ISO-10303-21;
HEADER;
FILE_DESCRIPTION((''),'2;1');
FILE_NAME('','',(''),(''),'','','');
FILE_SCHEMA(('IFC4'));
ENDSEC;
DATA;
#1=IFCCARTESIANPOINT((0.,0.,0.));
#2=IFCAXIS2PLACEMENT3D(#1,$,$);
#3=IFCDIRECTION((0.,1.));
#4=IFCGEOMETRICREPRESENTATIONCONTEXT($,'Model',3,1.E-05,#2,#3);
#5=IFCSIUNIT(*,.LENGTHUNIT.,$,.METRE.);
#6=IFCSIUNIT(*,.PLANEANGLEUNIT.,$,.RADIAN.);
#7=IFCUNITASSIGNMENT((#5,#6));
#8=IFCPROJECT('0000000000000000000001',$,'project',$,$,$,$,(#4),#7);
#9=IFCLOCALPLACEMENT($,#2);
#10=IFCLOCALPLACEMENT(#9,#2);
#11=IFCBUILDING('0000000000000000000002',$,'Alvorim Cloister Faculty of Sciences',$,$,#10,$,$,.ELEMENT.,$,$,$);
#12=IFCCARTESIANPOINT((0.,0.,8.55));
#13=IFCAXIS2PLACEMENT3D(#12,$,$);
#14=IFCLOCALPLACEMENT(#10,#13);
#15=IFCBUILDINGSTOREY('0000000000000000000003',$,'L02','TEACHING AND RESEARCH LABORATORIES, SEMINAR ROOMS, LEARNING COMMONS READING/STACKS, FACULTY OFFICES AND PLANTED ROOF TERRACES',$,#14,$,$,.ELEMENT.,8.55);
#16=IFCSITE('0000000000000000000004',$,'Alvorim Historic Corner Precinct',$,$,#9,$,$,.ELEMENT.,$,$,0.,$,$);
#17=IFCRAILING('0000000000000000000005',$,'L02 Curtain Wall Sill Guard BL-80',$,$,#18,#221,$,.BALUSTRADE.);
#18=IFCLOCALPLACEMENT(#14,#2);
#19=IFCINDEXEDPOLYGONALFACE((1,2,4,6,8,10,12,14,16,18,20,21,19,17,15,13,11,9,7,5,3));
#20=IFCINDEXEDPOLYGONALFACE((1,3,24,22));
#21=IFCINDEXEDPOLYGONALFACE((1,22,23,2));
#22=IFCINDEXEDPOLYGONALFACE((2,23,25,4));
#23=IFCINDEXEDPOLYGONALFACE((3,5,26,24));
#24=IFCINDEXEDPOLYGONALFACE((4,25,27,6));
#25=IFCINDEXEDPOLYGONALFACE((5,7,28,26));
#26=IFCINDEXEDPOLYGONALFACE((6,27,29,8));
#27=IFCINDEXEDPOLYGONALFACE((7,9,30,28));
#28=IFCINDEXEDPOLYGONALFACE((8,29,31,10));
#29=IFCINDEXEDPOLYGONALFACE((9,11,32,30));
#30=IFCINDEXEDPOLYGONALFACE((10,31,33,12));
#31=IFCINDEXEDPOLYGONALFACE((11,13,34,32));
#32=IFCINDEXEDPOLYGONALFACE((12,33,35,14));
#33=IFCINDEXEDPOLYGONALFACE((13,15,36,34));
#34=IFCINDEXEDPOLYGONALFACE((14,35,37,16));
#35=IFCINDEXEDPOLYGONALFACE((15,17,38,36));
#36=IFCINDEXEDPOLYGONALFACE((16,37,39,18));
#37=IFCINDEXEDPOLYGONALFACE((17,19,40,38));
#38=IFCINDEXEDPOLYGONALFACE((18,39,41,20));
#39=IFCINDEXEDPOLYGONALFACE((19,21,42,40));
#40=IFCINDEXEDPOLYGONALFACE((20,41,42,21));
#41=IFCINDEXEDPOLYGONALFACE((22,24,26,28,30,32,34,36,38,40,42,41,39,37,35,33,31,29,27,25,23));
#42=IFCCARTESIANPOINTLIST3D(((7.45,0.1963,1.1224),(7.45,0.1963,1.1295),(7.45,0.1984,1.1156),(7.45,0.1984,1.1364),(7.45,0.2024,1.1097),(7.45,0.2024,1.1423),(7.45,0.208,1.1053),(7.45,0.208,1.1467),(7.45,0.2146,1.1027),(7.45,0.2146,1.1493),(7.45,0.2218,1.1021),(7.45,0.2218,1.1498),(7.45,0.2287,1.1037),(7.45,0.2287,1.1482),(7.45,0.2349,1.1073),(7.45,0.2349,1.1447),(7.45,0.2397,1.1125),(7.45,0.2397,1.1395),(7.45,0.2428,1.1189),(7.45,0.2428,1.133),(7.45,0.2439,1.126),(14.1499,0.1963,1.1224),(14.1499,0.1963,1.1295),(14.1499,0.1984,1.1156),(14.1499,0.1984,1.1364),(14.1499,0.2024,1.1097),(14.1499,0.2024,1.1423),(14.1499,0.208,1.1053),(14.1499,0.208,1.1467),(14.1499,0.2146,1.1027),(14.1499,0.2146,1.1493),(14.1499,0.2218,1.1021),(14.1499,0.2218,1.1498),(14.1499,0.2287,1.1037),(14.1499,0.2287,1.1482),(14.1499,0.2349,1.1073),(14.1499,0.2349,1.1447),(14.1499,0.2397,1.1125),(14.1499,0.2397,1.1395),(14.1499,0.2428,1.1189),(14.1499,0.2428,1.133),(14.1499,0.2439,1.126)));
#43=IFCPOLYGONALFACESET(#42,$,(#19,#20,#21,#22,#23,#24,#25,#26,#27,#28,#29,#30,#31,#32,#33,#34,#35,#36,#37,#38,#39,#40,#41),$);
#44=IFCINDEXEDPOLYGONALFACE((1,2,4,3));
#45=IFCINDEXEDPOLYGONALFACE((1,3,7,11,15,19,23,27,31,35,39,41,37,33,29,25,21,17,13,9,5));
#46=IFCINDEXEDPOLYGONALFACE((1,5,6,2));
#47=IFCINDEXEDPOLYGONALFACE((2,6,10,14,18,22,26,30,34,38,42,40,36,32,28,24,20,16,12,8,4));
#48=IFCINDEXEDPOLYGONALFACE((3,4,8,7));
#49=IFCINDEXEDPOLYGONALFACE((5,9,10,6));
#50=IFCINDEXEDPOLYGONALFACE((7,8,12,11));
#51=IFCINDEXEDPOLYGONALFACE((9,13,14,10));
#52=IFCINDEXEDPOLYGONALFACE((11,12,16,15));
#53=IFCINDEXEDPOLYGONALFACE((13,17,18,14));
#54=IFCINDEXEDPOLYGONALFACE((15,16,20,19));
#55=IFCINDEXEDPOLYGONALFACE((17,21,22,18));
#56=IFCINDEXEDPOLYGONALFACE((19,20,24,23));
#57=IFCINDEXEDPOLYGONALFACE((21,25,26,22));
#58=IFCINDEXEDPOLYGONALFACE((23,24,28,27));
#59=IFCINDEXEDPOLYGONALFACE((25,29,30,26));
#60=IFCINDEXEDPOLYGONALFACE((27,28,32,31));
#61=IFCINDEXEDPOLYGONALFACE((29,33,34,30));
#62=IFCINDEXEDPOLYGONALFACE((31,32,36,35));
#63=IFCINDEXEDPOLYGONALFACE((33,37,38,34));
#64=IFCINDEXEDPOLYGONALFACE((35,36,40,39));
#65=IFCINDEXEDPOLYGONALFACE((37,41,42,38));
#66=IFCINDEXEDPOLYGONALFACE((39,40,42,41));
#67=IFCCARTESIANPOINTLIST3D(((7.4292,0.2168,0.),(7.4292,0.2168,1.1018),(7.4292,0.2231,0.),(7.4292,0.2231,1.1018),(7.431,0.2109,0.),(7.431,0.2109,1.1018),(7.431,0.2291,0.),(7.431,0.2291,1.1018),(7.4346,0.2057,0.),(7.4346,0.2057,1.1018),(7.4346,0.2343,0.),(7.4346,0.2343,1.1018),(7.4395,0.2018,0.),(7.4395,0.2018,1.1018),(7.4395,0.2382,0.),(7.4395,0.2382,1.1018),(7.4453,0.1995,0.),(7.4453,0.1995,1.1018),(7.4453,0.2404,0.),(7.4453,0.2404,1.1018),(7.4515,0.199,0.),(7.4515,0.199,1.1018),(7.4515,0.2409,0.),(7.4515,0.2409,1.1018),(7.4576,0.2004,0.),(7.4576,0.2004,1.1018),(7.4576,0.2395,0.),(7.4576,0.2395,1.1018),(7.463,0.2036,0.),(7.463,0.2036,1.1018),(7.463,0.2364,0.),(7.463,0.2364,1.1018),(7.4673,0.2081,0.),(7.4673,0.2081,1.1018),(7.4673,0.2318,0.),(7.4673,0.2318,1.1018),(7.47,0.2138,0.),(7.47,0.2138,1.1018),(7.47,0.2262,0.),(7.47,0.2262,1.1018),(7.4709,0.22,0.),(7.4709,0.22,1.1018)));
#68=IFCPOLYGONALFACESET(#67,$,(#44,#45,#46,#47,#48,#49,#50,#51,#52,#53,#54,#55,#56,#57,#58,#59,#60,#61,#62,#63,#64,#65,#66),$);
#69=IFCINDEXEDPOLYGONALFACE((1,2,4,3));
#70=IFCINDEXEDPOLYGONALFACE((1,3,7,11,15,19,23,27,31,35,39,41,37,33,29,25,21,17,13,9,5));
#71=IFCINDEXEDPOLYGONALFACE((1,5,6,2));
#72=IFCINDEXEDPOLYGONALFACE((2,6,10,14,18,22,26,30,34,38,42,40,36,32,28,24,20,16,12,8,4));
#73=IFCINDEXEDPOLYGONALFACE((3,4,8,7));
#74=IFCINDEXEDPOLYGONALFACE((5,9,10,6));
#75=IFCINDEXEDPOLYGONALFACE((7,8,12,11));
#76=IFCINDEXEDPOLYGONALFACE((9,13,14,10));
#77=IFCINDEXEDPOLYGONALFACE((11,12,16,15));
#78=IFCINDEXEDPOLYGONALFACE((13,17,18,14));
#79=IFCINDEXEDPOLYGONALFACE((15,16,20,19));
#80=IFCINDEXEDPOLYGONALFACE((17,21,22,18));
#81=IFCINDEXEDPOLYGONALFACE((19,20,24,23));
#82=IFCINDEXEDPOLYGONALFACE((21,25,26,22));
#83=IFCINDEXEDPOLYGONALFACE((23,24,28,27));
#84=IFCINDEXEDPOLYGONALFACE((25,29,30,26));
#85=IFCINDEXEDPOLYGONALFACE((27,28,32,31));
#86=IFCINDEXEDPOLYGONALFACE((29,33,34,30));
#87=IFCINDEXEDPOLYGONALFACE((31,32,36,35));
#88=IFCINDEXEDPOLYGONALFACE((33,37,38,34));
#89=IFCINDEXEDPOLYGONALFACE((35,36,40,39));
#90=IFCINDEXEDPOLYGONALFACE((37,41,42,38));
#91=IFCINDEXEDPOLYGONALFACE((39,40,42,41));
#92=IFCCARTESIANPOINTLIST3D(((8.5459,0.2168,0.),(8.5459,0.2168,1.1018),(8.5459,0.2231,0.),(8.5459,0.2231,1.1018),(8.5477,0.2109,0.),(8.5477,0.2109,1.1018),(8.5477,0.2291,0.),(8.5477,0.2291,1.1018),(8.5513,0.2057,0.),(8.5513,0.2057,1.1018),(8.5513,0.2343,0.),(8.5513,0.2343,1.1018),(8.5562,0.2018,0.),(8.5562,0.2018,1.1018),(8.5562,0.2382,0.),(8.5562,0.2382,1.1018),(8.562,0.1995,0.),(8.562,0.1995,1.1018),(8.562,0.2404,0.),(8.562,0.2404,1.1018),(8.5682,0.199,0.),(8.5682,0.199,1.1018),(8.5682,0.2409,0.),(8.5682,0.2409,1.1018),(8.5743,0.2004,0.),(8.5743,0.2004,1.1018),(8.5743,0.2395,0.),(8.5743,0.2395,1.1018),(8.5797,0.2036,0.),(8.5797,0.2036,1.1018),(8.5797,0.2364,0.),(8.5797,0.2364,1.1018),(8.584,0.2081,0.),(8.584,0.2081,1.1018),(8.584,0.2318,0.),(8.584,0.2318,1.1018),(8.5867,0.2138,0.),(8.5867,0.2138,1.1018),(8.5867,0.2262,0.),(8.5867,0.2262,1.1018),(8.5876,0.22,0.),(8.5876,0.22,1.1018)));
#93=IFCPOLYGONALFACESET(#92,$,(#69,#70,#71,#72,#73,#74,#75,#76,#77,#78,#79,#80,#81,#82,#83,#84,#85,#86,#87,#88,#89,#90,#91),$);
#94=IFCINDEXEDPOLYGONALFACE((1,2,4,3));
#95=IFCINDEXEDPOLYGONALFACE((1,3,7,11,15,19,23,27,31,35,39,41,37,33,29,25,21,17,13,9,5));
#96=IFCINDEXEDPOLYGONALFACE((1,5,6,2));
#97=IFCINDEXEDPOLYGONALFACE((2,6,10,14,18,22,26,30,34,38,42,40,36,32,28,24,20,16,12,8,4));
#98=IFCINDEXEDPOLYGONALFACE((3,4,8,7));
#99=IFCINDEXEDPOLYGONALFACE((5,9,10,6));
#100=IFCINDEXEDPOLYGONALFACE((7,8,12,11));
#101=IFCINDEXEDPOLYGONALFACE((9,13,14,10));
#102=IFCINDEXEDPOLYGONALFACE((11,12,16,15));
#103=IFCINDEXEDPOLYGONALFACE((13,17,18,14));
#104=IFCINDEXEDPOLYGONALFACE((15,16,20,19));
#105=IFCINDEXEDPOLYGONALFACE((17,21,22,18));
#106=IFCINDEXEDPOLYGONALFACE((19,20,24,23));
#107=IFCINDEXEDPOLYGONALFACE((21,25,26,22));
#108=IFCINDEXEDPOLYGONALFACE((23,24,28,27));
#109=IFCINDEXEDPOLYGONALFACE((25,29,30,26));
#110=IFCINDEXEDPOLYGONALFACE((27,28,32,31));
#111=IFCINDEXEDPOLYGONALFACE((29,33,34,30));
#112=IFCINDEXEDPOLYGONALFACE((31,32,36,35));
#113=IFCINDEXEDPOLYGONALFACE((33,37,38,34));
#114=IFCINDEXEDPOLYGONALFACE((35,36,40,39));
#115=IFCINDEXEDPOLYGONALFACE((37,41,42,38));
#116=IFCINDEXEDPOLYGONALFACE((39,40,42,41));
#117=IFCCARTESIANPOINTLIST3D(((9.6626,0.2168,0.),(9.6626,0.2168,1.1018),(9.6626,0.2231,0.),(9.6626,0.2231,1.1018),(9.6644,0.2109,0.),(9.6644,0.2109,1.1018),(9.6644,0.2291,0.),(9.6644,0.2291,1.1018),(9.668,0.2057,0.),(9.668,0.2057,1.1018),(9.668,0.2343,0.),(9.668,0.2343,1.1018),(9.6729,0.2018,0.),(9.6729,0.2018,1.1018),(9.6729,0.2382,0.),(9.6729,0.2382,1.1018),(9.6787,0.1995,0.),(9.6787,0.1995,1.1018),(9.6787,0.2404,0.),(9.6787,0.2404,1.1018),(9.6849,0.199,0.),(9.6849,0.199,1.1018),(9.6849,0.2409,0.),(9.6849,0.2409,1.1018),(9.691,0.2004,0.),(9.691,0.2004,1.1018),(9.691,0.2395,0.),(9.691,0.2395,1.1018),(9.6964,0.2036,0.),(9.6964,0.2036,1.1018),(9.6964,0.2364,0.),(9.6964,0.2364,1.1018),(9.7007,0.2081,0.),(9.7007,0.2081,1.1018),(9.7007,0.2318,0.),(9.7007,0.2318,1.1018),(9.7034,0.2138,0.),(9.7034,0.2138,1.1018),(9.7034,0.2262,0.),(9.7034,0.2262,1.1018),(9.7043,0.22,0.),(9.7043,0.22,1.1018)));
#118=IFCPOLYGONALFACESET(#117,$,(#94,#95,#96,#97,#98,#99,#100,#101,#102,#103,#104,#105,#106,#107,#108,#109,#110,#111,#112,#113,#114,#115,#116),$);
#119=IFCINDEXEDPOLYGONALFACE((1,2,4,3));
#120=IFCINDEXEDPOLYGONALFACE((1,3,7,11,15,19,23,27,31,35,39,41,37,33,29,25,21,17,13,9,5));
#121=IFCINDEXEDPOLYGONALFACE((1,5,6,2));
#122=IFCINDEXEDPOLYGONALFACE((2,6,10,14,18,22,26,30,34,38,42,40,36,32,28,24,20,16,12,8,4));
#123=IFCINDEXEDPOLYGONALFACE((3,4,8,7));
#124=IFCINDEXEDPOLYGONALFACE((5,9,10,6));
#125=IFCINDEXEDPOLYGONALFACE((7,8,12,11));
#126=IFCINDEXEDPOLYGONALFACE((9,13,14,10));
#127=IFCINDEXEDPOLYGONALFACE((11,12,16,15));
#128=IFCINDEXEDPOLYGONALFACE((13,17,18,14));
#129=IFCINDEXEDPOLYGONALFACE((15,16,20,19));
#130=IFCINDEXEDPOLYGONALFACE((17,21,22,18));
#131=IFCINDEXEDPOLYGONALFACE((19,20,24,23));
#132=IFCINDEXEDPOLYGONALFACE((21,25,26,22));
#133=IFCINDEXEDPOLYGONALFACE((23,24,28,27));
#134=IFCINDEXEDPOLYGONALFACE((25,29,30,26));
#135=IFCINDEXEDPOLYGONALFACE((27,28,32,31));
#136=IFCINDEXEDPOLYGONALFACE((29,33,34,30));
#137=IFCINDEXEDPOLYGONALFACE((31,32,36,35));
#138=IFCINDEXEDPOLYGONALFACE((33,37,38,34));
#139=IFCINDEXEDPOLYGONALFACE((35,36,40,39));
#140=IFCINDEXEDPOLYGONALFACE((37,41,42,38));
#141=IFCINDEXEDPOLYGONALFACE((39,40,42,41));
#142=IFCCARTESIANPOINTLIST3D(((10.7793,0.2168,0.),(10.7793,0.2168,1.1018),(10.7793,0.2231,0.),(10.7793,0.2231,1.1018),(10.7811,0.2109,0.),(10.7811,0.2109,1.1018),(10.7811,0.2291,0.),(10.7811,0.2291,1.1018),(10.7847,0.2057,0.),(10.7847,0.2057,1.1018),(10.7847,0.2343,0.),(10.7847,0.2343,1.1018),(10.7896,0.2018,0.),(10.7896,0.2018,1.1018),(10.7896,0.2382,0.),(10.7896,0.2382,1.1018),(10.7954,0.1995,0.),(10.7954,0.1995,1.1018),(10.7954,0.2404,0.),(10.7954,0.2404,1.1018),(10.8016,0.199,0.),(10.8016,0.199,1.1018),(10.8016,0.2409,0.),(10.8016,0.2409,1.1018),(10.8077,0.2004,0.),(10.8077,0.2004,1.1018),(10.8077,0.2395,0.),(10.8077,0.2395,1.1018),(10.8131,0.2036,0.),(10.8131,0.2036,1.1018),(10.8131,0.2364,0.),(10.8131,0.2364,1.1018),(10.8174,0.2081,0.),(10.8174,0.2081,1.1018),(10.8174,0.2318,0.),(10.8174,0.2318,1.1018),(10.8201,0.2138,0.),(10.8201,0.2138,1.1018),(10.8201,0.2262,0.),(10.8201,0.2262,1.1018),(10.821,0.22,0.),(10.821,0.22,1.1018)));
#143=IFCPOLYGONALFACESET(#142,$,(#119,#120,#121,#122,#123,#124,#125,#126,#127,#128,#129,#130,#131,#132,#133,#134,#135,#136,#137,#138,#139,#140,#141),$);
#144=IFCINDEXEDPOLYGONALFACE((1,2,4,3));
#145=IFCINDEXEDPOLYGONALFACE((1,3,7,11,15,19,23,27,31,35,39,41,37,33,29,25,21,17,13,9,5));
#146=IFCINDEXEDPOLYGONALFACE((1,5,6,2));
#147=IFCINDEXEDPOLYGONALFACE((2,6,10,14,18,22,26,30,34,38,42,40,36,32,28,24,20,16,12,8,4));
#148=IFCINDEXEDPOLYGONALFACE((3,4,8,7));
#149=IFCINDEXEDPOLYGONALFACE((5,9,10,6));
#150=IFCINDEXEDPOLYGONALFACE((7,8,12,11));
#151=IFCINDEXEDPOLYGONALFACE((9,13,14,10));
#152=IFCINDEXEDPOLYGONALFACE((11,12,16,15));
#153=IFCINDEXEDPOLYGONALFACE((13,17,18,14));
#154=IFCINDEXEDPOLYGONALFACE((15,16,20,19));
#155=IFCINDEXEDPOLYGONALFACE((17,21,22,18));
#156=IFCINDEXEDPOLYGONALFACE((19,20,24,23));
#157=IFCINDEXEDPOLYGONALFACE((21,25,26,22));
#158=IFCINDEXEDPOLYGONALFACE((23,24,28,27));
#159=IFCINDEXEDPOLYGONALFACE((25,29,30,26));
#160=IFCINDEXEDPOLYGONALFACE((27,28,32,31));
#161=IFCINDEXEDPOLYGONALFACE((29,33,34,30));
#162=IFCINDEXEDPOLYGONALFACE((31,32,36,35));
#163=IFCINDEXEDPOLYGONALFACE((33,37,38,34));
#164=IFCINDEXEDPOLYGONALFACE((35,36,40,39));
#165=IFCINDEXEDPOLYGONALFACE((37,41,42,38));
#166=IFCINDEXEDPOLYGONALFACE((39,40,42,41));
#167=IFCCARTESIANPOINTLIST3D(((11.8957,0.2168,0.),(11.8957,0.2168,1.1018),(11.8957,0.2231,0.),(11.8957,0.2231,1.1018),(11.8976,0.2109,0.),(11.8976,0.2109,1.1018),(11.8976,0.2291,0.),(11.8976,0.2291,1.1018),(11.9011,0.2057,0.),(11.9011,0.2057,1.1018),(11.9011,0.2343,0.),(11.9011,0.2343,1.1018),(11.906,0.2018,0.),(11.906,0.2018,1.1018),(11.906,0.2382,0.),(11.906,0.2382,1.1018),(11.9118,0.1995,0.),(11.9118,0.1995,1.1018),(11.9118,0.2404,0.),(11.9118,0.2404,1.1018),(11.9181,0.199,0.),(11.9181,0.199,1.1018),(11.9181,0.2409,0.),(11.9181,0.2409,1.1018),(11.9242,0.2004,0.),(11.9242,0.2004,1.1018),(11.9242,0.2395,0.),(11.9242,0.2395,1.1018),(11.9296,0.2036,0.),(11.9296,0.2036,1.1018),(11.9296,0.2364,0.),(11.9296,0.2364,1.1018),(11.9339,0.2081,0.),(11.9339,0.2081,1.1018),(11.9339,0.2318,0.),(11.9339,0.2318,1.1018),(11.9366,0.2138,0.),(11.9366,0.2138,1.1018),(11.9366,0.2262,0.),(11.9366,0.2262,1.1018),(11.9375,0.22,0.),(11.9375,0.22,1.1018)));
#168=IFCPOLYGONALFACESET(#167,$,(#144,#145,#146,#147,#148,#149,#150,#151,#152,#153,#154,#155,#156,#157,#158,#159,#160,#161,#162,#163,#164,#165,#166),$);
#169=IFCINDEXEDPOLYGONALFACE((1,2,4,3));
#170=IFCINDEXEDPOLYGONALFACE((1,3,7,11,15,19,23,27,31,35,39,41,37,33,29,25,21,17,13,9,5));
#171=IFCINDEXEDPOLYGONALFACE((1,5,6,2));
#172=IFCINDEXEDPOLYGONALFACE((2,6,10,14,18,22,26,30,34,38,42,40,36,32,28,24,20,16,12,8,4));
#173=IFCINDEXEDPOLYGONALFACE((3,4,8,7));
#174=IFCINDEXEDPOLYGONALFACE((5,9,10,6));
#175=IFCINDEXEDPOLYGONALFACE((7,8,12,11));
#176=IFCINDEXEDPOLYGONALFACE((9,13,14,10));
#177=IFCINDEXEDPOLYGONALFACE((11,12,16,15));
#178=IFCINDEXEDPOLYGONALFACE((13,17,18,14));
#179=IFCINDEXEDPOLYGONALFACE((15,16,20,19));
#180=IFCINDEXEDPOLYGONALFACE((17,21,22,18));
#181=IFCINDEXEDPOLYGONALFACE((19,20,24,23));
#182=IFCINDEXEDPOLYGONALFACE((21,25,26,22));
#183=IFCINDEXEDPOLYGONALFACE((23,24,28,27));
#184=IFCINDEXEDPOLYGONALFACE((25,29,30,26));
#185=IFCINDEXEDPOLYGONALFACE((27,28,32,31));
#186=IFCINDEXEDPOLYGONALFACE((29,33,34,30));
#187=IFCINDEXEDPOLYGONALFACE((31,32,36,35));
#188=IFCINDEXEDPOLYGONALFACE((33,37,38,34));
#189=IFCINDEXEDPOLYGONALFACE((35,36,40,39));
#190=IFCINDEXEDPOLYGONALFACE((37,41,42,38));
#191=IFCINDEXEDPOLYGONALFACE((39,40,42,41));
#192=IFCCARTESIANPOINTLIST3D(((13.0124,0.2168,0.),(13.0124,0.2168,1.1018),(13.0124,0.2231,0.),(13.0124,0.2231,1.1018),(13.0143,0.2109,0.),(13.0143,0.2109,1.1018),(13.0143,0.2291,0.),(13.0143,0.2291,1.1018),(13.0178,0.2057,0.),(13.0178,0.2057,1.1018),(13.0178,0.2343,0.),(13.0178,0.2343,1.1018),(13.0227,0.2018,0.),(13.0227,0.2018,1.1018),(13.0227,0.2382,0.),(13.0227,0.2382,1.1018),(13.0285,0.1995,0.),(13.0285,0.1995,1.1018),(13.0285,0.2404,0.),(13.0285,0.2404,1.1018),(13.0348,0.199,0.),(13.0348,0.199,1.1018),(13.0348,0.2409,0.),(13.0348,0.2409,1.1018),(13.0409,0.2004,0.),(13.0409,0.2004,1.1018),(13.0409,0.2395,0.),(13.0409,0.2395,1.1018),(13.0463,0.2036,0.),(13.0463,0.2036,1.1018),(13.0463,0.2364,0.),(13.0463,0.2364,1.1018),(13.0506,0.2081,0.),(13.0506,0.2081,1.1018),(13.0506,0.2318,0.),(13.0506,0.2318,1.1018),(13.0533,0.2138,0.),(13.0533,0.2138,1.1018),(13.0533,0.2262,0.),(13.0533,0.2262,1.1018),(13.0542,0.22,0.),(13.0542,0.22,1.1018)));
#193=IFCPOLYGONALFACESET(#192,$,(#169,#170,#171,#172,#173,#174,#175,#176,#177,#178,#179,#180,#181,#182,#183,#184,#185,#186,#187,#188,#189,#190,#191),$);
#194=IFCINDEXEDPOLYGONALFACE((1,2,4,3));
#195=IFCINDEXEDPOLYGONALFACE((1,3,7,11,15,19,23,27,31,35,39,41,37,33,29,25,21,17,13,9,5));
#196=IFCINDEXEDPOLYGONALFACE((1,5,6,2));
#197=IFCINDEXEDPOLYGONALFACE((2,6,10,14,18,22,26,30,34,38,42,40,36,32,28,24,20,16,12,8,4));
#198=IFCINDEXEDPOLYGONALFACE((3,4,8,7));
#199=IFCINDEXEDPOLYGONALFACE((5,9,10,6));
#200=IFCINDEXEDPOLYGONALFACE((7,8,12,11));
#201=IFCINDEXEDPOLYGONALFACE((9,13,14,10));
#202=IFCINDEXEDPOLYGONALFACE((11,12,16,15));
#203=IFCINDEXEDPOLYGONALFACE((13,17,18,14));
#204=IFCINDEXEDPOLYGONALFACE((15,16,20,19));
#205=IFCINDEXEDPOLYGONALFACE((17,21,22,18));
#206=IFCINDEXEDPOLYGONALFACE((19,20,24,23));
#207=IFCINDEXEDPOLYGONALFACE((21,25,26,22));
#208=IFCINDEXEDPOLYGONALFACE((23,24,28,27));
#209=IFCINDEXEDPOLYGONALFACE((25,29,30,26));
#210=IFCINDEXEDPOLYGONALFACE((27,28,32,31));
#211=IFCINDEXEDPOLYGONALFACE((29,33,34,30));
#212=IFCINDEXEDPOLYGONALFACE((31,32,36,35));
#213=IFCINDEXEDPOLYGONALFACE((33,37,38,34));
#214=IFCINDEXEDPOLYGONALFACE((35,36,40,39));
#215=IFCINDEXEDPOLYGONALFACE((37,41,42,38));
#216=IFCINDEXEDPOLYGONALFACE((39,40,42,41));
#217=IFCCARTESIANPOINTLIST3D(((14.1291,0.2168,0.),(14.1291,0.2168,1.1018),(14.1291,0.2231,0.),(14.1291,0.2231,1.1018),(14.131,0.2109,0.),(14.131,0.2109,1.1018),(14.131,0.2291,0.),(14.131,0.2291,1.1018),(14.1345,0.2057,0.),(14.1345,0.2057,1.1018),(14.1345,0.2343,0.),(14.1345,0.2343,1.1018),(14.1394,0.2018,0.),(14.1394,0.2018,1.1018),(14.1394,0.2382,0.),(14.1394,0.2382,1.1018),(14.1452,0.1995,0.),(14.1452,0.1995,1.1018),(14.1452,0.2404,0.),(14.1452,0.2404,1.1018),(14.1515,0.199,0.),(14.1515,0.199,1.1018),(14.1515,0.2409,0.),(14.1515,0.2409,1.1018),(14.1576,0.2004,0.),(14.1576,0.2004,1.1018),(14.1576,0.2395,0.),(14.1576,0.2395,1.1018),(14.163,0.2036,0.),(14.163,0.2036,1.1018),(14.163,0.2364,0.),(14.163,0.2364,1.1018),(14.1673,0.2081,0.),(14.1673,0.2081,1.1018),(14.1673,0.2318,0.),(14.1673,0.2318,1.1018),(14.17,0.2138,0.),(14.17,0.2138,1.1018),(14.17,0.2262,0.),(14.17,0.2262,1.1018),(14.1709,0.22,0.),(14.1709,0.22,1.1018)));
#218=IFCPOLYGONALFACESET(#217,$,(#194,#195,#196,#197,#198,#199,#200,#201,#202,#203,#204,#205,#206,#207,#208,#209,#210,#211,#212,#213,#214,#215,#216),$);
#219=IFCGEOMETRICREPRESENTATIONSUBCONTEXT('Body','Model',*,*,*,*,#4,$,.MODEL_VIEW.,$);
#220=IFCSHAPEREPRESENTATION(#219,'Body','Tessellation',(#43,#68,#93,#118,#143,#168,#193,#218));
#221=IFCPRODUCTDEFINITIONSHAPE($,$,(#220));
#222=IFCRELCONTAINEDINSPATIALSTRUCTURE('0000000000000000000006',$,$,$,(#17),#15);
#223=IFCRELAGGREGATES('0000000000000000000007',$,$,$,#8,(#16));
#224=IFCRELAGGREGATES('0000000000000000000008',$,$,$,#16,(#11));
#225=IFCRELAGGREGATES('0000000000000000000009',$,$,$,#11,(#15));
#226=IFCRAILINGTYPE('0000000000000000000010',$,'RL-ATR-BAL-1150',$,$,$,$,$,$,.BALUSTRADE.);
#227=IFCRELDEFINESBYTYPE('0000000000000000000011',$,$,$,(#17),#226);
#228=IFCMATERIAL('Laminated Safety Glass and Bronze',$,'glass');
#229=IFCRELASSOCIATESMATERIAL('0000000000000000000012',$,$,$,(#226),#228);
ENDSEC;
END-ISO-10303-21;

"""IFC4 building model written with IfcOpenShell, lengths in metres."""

from ifc_helpers import new_model, si_unit, direction, frame, origin, origin_2d, place, context, subcontext, project, spatial, circle, extrude, material, type_object, element, save


model = new_model("IFC4")

# Units and contexts
model_context = context("Model", 3, precision=1e-05, world=origin(), true_north=direction((0.0, 1.0)))
body_context = subcontext(model_context, "Body", "Model", "MODEL_VIEW")
ifc_project = project(units=[si_unit("LENGTHUNIT", "METRE"), si_unit("PLANEANGLEUNIT", "RADIAN")], contexts=[model_context])

# Site, building, storey
site_placement = place(None, origin())
site = spatial("IfcSite", under=ifc_project, at=site_placement, Name="Alvorim Historic Corner Precinct", CompositionType="ELEMENT", RefElevation=0.0)
building_placement = place(site_placement, origin())
building = spatial("IfcBuilding", under=site, at=building_placement, Name="Alvorim Cloister Faculty of Sciences", CompositionType="ELEMENT")
storey_placement = place(building_placement, frame((0.0, 0.0, 8.55)))
storey = spatial("IfcBuildingStorey", under=building, at=storey_placement, Name="L02", Description="TEACHING AND RESEARCH LABORATORIES, SEMINAR ROOMS, LEARNING COMMONS READING/STACKS, FACULTY OFFICES AND PLANTED ROOF TERRACES", CompositionType="ELEMENT", Elevation=8.55)

# Railing
ifc_material_1 = material(Name="Laminated Safety Glass and Bronze", Category="glass")
railing_type = type_object("IfcRailingType", Name="RL-ATR-BAL-1150", PredefinedType="BALUSTRADE", material=ifc_material_1)
railing_placement = place(storey_placement, frame((7.45, 0.22, 0.0)))
element("IfcRailing", 1, at=railing_placement, inside=storey, type_object=railing_type, Name="L02 Curtain Wall Sill Guard BL-80", PredefinedType="BALUSTRADE", context=body_context, shape_type="SweptSolid", body=[
    extrude(circle(Radius=0.0239, at=origin_2d()), frame((0.0, 0.0, 1.126), z_axis=(1.0, 0.0, 0.0), x_axis=(0.0, 1.0, 0.0)), (0.0, 0.0, 1.0), 6.7),
    extrude(circle(Radius=0.021, at=origin_2d()), origin(), (0.0, 0.0, 1.0), 1.1018),
    extrude(circle(Radius=0.021, at=origin_2d()), frame((1.1167, 0.0, 0.0)), (0.0, 0.0, 1.0), 1.1018),
    extrude(circle(Radius=0.021, at=origin_2d()), frame((2.2334, 0.0, 0.0)), (0.0, 0.0, 1.0), 1.1018),
    extrude(circle(Radius=0.021, at=origin_2d()), frame((3.3501, 0.0, 0.0)), (0.0, 0.0, 1.0), 1.1018),
    extrude(circle(Radius=0.021, at=origin_2d()), frame((4.4666, 0.0, 0.0)), (0.0, 0.0, 1.0), 1.1018),
    extrude(circle(Radius=0.021, at=origin_2d()), frame((5.5833, 0.0, 0.0)), (0.0, 0.0, 1.0), 1.1018),
    extrude(circle(Radius=0.021, at=origin_2d()), frame((6.7, 0.0, 0.0)), (0.0, 0.0, 1.0), 1.1018),
])

save(model, "model.ifc")
